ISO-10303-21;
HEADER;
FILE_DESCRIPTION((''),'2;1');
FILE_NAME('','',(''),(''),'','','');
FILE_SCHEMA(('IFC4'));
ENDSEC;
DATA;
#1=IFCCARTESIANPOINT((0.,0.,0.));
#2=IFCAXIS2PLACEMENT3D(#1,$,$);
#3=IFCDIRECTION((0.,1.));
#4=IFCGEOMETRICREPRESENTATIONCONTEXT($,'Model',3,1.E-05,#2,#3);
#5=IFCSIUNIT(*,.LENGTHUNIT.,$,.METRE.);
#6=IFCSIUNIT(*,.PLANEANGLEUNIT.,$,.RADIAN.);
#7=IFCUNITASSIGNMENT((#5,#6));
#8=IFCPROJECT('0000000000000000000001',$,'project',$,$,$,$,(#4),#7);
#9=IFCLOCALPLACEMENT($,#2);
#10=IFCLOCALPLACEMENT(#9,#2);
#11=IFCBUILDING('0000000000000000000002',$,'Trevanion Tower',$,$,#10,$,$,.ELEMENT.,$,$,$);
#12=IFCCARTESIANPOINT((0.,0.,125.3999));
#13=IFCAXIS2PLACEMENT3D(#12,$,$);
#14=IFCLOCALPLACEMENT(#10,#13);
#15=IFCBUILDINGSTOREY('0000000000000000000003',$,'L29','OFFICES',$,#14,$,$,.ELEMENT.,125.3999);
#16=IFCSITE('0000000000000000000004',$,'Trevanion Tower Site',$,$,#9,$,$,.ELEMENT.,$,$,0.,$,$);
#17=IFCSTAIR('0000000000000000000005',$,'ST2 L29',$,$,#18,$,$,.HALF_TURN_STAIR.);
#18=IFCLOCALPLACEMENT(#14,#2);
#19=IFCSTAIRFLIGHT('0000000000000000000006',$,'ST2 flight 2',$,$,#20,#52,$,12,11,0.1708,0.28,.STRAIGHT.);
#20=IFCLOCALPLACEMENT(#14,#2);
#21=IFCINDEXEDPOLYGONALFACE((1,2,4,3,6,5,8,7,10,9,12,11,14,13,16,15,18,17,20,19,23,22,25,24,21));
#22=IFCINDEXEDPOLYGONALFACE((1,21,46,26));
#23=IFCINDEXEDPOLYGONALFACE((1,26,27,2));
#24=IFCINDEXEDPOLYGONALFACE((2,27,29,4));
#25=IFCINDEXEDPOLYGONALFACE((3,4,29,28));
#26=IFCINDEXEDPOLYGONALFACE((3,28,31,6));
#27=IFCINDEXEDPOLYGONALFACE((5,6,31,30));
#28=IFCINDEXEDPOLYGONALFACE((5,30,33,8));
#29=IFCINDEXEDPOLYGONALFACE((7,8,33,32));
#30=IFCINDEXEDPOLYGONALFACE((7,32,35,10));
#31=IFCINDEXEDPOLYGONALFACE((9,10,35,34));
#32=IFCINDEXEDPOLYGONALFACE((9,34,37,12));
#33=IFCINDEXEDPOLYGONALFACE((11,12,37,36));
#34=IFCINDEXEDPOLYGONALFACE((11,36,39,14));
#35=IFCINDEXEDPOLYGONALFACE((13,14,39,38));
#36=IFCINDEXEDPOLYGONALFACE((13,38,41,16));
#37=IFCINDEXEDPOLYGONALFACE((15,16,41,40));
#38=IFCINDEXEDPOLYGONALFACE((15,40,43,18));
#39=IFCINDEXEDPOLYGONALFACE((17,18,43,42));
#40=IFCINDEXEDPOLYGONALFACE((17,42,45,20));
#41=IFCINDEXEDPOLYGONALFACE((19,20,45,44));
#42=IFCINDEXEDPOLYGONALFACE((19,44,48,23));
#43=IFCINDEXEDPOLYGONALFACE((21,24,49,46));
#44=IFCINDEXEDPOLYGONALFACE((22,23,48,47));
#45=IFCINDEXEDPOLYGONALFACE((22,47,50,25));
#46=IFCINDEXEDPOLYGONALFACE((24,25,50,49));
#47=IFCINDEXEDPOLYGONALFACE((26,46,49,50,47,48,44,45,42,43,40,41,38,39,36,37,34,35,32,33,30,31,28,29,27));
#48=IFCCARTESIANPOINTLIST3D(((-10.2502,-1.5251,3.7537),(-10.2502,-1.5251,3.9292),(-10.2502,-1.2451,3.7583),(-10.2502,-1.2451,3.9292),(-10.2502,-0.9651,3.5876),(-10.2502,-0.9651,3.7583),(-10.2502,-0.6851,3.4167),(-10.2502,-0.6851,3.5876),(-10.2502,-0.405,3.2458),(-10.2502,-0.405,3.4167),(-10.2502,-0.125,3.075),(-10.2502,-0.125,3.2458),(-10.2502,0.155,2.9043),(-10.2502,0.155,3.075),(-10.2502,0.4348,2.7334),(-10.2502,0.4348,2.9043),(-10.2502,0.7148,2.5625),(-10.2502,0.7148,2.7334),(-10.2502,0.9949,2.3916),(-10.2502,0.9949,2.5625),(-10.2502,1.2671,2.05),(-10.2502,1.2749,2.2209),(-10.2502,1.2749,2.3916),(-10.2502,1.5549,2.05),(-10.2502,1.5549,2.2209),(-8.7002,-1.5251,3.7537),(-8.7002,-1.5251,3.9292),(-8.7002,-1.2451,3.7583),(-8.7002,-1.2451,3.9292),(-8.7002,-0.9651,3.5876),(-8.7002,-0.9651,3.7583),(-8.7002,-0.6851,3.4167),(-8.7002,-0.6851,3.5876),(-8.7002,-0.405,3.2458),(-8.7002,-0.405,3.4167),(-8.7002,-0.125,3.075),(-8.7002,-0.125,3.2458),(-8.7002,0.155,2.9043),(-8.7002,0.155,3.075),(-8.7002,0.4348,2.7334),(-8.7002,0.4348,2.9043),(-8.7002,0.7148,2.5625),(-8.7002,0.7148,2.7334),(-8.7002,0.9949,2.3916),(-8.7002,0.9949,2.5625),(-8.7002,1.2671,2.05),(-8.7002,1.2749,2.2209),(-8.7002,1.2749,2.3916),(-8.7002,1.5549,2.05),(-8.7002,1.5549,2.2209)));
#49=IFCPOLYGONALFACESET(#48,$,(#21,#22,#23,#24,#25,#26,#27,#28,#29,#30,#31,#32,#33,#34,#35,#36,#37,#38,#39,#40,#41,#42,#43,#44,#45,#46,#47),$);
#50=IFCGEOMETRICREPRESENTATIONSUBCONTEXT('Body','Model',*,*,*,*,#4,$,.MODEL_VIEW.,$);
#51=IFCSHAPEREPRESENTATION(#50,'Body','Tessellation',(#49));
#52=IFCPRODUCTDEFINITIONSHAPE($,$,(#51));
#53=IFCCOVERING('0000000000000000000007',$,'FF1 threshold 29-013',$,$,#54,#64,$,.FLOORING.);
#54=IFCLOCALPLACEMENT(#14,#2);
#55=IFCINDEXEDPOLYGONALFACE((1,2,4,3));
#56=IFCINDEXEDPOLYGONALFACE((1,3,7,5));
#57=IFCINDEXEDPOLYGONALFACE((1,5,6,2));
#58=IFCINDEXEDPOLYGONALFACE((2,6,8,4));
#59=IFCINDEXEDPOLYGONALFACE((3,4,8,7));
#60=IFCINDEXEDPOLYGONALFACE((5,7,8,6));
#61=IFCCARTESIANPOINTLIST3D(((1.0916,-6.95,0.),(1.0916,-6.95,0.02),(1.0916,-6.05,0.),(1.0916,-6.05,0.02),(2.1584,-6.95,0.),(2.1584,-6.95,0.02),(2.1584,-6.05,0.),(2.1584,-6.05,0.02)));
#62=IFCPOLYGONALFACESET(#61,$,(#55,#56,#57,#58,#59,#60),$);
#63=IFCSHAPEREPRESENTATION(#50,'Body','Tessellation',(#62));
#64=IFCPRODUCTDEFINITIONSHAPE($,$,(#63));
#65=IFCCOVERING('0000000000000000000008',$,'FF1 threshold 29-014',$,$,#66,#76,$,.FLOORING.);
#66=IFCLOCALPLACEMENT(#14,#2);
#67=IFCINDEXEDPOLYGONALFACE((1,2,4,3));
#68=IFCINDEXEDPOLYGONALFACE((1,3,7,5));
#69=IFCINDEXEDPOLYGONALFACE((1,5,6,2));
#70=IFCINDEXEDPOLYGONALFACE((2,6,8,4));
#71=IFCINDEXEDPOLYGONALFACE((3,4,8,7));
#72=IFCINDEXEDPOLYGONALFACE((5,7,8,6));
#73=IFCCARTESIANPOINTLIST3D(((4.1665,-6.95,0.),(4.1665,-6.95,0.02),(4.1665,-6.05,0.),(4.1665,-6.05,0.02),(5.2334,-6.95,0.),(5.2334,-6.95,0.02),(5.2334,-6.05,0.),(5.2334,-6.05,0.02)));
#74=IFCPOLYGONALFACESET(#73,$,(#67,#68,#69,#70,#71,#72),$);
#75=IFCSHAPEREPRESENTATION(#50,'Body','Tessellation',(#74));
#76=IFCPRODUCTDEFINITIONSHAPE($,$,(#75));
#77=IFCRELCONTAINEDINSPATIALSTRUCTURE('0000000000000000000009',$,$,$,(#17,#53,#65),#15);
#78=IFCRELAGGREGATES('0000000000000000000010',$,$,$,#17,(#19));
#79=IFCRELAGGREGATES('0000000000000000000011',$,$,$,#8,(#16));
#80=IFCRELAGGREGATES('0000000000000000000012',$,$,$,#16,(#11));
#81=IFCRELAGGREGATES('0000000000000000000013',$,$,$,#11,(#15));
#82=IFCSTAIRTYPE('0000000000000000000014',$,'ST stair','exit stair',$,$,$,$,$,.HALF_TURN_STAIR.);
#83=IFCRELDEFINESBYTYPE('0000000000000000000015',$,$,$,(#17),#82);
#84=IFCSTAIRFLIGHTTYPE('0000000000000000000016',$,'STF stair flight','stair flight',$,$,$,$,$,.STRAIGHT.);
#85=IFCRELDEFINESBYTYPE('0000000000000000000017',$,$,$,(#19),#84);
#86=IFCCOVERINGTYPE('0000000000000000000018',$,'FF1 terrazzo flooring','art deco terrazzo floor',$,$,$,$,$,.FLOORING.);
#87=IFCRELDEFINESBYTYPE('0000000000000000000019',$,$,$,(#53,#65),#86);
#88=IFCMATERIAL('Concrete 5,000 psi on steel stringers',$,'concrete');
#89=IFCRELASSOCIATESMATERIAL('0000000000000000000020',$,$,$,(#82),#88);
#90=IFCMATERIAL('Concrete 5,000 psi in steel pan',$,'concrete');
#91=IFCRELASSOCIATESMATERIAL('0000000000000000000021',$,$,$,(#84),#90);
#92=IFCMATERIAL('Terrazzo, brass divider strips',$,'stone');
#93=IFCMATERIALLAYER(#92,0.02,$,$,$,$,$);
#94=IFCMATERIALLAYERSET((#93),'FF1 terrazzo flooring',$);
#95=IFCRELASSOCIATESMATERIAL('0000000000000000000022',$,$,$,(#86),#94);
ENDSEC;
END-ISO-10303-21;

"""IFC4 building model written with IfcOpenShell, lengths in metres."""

from ifc_helpers import new_model, si_unit, direction, frame, origin, place, context, subcontext, project, spatial, polyline, outline, extrude, material, layer, layer_set, type_object, element, aggregate, save


model = new_model("IFC4")

# Units and contexts
model_context = context("Model", 3, precision=1e-05, world=origin(), true_north=direction((0.0, 1.0)))
body_context = subcontext(model_context, "Body", "Model", "MODEL_VIEW")
ifc_project = project(units=[si_unit("LENGTHUNIT", "METRE"), si_unit("PLANEANGLEUNIT", "RADIAN")], contexts=[model_context])

# Site, building, storey
site_placement = place(None, origin())
site = spatial("IfcSite", under=ifc_project, at=site_placement, Name="Trevanion Tower Site", CompositionType="ELEMENT", RefElevation=0.0)
building_placement = place(site_placement, origin())
building = spatial("IfcBuilding", under=site, at=building_placement, Name="Trevanion Tower", CompositionType="ELEMENT")
storey_placement = place(building_placement, frame((0.0, 0.0, 125.3999)))
storey = spatial("IfcBuildingStorey", under=building, at=storey_placement, Name="L29", Description="OFFICES", CompositionType="ELEMENT", Elevation=125.3999)

# Shared definitions
ifc_material_1 = material(Name="Concrete 5,000 psi on steel stringers", Category="concrete")
stair_type = type_object("IfcStairType", Name="ST stair", Description="exit stair", PredefinedType="HALF_TURN_STAIR", material=ifc_material_1)

# Stair
stair_1_placement = place(storey_placement, origin())
stair_1 = element("IfcStair", 1, at=stair_1_placement, inside=storey, type_object=stair_type, Name="ST2 L29", PredefinedType="HALF_TURN_STAIR")

# Stair flight
ifc_material_2 = material(Name="Concrete 5,000 psi in steel pan", Category="concrete")
stair_flight_type = type_object("IfcStairFlightType", Name="STF stair flight", Description="stair flight", PredefinedType="STRAIGHT", material=ifc_material_2)
stair_flight_placement = place(storey_placement, frame((-9.4751, 1.5549, 2.05), z_axis=(0.0, 0.0, 1.0), x_axis=(0.0, -1.0, 0.0)))
stair_flight = element("IfcStairFlight", 2, at=stair_flight_placement, type_object=stair_flight_type, Name="ST2 flight 2", NumberOfRisers=12, NumberOfTreads=11, PredefinedType="STRAIGHT", RiserHeight=0.1708, TreadLength=0.28, context=body_context, shape_type="SweptSolid", body=[
    extrude(outline(polyline([(0.0, 0.0), (0.0, 0.1709), (0.28, 0.1709), (0.28, 0.3416), (0.5601, 0.3416), (0.5601, 0.5125), (0.8401, 0.5125), (0.8401, 0.6833), (1.1201, 0.6833), (1.1201, 0.8542), (1.3999, 0.8542), (1.3999, 1.0249), (1.6799, 1.0249), (1.6799, 1.1958), (1.96, 1.1958), (1.96, 1.3667), (2.24, 1.3667), (2.24, 1.5376), (2.52, 1.5376), (2.52, 1.7083), (2.8, 1.7083), (2.8, 1.8792), (3.0801, 1.8792), (3.0801, 2.05), (3.0801, 1.7036), (0.2878, 0.0), (0.0, 0.0)])), frame((0.0, 0.7749, 0.0), z_axis=(0.0, -1.0, 0.0), x_axis=(1.0, 0.0, 0.0)), (0.0, 0.0, 1.0), 1.55),
])
aggregate(stair_1, [stair_flight])

# Coverings
ifc_material_3 = material(Name="Terrazzo, brass divider strips", Category="stone")
ifc_layer_1 = layer(ifc_material_3, 0.02)
ifc_layer_set_1 = layer_set([ifc_layer_1], Name="FF1 terrazzo flooring")
covering_type = type_object("IfcCoveringType", Name="FF1 terrazzo flooring", Description="art deco terrazzo floor", PredefinedType="FLOORING", material=ifc_layer_set_1)
covering_1_placement = place(storey_placement, origin())
element("IfcCovering", 3, at=covering_1_placement, inside=storey, type_object=covering_type, Name="FF1 threshold 29-013", PredefinedType="FLOORING", context=body_context, shape_type="SweptSolid", body=[
    extrude(outline(polyline([(1.0916, -6.95), (2.1584, -6.95), (2.1584, -6.05), (1.0916, -6.05), (1.0916, -6.95)])), origin(), (0.0, 0.0, 1.0), 0.02),
])
covering_2_placement = place(storey_placement, origin())
element("IfcCovering", 4, at=covering_2_placement, inside=storey, type_object=covering_type, Name="FF1 threshold 29-014", PredefinedType="FLOORING", context=body_context, shape_type="SweptSolid", body=[
    extrude(outline(polyline([(4.1665, -6.95), (5.2334, -6.95), (5.2334, -6.05), (4.1665, -6.05), (4.1665, -6.95)])), origin(), (0.0, 0.0, 1.0), 0.02),
])

save(model, "model.ifc")
